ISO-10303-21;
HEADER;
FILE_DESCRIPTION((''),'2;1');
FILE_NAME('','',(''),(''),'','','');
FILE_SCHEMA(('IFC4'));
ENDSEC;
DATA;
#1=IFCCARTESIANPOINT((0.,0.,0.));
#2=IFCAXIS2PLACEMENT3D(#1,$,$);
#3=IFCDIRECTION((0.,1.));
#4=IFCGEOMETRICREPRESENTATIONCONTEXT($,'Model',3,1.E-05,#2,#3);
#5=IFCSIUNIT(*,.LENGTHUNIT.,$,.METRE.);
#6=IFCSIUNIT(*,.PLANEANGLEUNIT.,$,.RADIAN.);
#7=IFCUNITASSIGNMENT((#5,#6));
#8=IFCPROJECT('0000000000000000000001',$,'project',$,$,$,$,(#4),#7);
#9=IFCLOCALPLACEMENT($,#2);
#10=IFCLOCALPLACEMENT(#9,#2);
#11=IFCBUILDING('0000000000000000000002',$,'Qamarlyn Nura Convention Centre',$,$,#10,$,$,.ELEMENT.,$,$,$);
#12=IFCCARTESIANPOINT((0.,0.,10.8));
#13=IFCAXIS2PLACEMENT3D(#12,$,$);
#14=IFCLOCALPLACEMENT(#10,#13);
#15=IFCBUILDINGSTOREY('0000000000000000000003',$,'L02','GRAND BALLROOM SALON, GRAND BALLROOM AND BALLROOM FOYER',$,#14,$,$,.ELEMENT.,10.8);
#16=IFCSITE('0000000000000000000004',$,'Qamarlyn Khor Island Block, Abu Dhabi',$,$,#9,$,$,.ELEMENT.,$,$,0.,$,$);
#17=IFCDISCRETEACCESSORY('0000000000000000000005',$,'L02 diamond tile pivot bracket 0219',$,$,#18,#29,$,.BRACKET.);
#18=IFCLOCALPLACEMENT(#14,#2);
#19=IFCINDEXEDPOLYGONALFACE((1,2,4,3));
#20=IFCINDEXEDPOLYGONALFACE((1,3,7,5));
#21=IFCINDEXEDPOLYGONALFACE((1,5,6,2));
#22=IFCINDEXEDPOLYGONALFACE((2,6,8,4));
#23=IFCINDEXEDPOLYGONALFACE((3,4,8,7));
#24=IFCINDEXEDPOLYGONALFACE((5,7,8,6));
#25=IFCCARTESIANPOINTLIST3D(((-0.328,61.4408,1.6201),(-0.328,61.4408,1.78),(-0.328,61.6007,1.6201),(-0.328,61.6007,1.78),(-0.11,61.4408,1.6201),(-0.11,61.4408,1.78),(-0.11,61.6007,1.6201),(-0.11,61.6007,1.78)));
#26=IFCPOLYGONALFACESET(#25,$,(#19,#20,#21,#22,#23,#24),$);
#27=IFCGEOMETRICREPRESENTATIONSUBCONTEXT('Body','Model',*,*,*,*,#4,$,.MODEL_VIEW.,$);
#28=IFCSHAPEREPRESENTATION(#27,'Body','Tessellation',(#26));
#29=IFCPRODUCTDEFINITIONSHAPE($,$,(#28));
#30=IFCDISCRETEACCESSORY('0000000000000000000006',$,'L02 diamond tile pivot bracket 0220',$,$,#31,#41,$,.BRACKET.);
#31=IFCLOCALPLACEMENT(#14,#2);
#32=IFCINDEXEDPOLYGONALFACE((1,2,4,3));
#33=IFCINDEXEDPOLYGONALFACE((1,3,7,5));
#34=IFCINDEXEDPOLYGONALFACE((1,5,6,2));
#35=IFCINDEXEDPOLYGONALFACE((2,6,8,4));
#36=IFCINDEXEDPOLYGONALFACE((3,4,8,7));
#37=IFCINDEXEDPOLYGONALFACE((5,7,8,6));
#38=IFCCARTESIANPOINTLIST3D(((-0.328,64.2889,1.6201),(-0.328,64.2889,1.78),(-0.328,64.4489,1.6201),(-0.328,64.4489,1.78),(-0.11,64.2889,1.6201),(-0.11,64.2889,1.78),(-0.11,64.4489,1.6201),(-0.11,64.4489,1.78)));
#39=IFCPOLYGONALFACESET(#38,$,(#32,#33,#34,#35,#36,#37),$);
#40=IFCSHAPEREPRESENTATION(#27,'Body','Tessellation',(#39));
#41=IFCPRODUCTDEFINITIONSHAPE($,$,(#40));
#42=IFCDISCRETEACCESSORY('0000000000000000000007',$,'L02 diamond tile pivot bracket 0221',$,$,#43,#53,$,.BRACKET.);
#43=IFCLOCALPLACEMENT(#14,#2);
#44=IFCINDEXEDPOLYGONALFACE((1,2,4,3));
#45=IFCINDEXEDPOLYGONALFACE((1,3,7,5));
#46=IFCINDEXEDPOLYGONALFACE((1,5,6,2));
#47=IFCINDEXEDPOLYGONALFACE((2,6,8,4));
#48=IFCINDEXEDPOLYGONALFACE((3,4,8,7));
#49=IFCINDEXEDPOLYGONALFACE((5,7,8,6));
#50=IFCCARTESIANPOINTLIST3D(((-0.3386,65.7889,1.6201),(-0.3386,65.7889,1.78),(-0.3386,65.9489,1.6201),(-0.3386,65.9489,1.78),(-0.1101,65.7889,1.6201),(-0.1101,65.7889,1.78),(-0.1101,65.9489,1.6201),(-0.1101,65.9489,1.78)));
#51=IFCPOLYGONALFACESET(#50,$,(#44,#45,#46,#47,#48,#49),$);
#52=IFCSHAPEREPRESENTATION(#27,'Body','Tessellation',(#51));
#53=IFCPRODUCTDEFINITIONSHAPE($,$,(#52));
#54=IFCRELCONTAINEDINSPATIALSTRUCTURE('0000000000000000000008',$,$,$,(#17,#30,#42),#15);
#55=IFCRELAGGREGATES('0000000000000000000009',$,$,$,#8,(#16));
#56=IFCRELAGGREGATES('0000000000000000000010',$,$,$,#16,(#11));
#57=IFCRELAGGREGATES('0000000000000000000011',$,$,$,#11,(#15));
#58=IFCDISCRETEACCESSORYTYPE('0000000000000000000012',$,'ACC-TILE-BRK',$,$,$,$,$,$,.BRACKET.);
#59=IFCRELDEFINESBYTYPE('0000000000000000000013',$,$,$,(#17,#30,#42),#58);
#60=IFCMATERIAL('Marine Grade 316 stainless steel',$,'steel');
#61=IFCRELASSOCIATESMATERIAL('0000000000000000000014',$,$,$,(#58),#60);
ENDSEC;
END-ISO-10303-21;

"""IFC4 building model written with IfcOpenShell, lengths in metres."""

from ifc_helpers import new_model, si_unit, direction, frame, origin, origin_2d, place, context, subcontext, project, spatial, rectangle, extrude, material, type_object, element, save


model = new_model("IFC4")

# Units and contexts
model_context = context("Model", 3, precision=1e-05, world=origin(), true_north=direction((0.0, 1.0)))
body_context = subcontext(model_context, "Body", "Model", "MODEL_VIEW")
ifc_project = project(units=[si_unit("LENGTHUNIT", "METRE"), si_unit("PLANEANGLEUNIT", "RADIAN")], contexts=[model_context])

# Site, building, storey
site_placement = place(None, origin())
site = spatial("IfcSite", under=ifc_project, at=site_placement, Name="Qamarlyn Khor Island Block, Abu Dhabi", CompositionType="ELEMENT", RefElevation=0.0)
building_placement = place(site_placement, origin())
building = spatial("IfcBuilding", under=site, at=building_placement, Name="Qamarlyn Nura Convention Centre", CompositionType="ELEMENT")
storey_placement = place(building_placement, frame((0.0, 0.0, 10.8)))
storey = spatial("IfcBuildingStorey", under=building, at=storey_placement, Name="L02", Description="GRAND BALLROOM SALON, GRAND BALLROOM AND BALLROOM FOYER", CompositionType="ELEMENT", Elevation=10.8)

# Discrete accessories
ifc_material_1 = material(Name="Marine Grade 316 stainless steel", Category="steel")
discrete_accessory_type_1 = type_object("IfcDiscreteAccessoryType", Name="ACC-TILE-BRK", PredefinedType="BRACKET", material=ifc_material_1)
for number, where, z_axis, x_axis, name in (
    (1, (-0.219, 61.5208, 1.6201), (0.0, 0.0, 1.0), (-1.0, 0.0, 0.0), "L02 diamond tile pivot bracket 0219"),
    (2, (-0.219, 64.3689, 1.6201), (0.0, 0.0, 1.0), (-1.0, 0.0, 0.0), "L02 diamond tile pivot bracket 0220"),
):
    element("IfcDiscreteAccessory", number, at=place(storey_placement, frame(where, z_axis=z_axis, x_axis=x_axis)), inside=storey, type_object=discrete_accessory_type_1, Name=name, PredefinedType="BRACKET", context=body_context, shape_type="SweptSolid", body=[
        extrude(rectangle(XDim=0.218, YDim=0.1599, at=origin_2d()), origin(), (0.0, 0.0, 1.0), 0.1599),
    ])
discrete_accessory_1_placement = place(storey_placement, frame((-0.2244, 65.8689, 1.6201), z_axis=(0.0, 0.0, 1.0), x_axis=(-1.0, 0.0, 0.0)))
element("IfcDiscreteAccessory", 3, at=discrete_accessory_1_placement, inside=storey, type_object=discrete_accessory_type_1, Name="L02 diamond tile pivot bracket 0221", PredefinedType="BRACKET", context=body_context, shape_type="SweptSolid", body=[
    extrude(rectangle(XDim=0.2285, YDim=0.1599, at=origin_2d()), origin(), (0.0, 0.0, 1.0), 0.1599),
])

save(model, "model.ifc")
